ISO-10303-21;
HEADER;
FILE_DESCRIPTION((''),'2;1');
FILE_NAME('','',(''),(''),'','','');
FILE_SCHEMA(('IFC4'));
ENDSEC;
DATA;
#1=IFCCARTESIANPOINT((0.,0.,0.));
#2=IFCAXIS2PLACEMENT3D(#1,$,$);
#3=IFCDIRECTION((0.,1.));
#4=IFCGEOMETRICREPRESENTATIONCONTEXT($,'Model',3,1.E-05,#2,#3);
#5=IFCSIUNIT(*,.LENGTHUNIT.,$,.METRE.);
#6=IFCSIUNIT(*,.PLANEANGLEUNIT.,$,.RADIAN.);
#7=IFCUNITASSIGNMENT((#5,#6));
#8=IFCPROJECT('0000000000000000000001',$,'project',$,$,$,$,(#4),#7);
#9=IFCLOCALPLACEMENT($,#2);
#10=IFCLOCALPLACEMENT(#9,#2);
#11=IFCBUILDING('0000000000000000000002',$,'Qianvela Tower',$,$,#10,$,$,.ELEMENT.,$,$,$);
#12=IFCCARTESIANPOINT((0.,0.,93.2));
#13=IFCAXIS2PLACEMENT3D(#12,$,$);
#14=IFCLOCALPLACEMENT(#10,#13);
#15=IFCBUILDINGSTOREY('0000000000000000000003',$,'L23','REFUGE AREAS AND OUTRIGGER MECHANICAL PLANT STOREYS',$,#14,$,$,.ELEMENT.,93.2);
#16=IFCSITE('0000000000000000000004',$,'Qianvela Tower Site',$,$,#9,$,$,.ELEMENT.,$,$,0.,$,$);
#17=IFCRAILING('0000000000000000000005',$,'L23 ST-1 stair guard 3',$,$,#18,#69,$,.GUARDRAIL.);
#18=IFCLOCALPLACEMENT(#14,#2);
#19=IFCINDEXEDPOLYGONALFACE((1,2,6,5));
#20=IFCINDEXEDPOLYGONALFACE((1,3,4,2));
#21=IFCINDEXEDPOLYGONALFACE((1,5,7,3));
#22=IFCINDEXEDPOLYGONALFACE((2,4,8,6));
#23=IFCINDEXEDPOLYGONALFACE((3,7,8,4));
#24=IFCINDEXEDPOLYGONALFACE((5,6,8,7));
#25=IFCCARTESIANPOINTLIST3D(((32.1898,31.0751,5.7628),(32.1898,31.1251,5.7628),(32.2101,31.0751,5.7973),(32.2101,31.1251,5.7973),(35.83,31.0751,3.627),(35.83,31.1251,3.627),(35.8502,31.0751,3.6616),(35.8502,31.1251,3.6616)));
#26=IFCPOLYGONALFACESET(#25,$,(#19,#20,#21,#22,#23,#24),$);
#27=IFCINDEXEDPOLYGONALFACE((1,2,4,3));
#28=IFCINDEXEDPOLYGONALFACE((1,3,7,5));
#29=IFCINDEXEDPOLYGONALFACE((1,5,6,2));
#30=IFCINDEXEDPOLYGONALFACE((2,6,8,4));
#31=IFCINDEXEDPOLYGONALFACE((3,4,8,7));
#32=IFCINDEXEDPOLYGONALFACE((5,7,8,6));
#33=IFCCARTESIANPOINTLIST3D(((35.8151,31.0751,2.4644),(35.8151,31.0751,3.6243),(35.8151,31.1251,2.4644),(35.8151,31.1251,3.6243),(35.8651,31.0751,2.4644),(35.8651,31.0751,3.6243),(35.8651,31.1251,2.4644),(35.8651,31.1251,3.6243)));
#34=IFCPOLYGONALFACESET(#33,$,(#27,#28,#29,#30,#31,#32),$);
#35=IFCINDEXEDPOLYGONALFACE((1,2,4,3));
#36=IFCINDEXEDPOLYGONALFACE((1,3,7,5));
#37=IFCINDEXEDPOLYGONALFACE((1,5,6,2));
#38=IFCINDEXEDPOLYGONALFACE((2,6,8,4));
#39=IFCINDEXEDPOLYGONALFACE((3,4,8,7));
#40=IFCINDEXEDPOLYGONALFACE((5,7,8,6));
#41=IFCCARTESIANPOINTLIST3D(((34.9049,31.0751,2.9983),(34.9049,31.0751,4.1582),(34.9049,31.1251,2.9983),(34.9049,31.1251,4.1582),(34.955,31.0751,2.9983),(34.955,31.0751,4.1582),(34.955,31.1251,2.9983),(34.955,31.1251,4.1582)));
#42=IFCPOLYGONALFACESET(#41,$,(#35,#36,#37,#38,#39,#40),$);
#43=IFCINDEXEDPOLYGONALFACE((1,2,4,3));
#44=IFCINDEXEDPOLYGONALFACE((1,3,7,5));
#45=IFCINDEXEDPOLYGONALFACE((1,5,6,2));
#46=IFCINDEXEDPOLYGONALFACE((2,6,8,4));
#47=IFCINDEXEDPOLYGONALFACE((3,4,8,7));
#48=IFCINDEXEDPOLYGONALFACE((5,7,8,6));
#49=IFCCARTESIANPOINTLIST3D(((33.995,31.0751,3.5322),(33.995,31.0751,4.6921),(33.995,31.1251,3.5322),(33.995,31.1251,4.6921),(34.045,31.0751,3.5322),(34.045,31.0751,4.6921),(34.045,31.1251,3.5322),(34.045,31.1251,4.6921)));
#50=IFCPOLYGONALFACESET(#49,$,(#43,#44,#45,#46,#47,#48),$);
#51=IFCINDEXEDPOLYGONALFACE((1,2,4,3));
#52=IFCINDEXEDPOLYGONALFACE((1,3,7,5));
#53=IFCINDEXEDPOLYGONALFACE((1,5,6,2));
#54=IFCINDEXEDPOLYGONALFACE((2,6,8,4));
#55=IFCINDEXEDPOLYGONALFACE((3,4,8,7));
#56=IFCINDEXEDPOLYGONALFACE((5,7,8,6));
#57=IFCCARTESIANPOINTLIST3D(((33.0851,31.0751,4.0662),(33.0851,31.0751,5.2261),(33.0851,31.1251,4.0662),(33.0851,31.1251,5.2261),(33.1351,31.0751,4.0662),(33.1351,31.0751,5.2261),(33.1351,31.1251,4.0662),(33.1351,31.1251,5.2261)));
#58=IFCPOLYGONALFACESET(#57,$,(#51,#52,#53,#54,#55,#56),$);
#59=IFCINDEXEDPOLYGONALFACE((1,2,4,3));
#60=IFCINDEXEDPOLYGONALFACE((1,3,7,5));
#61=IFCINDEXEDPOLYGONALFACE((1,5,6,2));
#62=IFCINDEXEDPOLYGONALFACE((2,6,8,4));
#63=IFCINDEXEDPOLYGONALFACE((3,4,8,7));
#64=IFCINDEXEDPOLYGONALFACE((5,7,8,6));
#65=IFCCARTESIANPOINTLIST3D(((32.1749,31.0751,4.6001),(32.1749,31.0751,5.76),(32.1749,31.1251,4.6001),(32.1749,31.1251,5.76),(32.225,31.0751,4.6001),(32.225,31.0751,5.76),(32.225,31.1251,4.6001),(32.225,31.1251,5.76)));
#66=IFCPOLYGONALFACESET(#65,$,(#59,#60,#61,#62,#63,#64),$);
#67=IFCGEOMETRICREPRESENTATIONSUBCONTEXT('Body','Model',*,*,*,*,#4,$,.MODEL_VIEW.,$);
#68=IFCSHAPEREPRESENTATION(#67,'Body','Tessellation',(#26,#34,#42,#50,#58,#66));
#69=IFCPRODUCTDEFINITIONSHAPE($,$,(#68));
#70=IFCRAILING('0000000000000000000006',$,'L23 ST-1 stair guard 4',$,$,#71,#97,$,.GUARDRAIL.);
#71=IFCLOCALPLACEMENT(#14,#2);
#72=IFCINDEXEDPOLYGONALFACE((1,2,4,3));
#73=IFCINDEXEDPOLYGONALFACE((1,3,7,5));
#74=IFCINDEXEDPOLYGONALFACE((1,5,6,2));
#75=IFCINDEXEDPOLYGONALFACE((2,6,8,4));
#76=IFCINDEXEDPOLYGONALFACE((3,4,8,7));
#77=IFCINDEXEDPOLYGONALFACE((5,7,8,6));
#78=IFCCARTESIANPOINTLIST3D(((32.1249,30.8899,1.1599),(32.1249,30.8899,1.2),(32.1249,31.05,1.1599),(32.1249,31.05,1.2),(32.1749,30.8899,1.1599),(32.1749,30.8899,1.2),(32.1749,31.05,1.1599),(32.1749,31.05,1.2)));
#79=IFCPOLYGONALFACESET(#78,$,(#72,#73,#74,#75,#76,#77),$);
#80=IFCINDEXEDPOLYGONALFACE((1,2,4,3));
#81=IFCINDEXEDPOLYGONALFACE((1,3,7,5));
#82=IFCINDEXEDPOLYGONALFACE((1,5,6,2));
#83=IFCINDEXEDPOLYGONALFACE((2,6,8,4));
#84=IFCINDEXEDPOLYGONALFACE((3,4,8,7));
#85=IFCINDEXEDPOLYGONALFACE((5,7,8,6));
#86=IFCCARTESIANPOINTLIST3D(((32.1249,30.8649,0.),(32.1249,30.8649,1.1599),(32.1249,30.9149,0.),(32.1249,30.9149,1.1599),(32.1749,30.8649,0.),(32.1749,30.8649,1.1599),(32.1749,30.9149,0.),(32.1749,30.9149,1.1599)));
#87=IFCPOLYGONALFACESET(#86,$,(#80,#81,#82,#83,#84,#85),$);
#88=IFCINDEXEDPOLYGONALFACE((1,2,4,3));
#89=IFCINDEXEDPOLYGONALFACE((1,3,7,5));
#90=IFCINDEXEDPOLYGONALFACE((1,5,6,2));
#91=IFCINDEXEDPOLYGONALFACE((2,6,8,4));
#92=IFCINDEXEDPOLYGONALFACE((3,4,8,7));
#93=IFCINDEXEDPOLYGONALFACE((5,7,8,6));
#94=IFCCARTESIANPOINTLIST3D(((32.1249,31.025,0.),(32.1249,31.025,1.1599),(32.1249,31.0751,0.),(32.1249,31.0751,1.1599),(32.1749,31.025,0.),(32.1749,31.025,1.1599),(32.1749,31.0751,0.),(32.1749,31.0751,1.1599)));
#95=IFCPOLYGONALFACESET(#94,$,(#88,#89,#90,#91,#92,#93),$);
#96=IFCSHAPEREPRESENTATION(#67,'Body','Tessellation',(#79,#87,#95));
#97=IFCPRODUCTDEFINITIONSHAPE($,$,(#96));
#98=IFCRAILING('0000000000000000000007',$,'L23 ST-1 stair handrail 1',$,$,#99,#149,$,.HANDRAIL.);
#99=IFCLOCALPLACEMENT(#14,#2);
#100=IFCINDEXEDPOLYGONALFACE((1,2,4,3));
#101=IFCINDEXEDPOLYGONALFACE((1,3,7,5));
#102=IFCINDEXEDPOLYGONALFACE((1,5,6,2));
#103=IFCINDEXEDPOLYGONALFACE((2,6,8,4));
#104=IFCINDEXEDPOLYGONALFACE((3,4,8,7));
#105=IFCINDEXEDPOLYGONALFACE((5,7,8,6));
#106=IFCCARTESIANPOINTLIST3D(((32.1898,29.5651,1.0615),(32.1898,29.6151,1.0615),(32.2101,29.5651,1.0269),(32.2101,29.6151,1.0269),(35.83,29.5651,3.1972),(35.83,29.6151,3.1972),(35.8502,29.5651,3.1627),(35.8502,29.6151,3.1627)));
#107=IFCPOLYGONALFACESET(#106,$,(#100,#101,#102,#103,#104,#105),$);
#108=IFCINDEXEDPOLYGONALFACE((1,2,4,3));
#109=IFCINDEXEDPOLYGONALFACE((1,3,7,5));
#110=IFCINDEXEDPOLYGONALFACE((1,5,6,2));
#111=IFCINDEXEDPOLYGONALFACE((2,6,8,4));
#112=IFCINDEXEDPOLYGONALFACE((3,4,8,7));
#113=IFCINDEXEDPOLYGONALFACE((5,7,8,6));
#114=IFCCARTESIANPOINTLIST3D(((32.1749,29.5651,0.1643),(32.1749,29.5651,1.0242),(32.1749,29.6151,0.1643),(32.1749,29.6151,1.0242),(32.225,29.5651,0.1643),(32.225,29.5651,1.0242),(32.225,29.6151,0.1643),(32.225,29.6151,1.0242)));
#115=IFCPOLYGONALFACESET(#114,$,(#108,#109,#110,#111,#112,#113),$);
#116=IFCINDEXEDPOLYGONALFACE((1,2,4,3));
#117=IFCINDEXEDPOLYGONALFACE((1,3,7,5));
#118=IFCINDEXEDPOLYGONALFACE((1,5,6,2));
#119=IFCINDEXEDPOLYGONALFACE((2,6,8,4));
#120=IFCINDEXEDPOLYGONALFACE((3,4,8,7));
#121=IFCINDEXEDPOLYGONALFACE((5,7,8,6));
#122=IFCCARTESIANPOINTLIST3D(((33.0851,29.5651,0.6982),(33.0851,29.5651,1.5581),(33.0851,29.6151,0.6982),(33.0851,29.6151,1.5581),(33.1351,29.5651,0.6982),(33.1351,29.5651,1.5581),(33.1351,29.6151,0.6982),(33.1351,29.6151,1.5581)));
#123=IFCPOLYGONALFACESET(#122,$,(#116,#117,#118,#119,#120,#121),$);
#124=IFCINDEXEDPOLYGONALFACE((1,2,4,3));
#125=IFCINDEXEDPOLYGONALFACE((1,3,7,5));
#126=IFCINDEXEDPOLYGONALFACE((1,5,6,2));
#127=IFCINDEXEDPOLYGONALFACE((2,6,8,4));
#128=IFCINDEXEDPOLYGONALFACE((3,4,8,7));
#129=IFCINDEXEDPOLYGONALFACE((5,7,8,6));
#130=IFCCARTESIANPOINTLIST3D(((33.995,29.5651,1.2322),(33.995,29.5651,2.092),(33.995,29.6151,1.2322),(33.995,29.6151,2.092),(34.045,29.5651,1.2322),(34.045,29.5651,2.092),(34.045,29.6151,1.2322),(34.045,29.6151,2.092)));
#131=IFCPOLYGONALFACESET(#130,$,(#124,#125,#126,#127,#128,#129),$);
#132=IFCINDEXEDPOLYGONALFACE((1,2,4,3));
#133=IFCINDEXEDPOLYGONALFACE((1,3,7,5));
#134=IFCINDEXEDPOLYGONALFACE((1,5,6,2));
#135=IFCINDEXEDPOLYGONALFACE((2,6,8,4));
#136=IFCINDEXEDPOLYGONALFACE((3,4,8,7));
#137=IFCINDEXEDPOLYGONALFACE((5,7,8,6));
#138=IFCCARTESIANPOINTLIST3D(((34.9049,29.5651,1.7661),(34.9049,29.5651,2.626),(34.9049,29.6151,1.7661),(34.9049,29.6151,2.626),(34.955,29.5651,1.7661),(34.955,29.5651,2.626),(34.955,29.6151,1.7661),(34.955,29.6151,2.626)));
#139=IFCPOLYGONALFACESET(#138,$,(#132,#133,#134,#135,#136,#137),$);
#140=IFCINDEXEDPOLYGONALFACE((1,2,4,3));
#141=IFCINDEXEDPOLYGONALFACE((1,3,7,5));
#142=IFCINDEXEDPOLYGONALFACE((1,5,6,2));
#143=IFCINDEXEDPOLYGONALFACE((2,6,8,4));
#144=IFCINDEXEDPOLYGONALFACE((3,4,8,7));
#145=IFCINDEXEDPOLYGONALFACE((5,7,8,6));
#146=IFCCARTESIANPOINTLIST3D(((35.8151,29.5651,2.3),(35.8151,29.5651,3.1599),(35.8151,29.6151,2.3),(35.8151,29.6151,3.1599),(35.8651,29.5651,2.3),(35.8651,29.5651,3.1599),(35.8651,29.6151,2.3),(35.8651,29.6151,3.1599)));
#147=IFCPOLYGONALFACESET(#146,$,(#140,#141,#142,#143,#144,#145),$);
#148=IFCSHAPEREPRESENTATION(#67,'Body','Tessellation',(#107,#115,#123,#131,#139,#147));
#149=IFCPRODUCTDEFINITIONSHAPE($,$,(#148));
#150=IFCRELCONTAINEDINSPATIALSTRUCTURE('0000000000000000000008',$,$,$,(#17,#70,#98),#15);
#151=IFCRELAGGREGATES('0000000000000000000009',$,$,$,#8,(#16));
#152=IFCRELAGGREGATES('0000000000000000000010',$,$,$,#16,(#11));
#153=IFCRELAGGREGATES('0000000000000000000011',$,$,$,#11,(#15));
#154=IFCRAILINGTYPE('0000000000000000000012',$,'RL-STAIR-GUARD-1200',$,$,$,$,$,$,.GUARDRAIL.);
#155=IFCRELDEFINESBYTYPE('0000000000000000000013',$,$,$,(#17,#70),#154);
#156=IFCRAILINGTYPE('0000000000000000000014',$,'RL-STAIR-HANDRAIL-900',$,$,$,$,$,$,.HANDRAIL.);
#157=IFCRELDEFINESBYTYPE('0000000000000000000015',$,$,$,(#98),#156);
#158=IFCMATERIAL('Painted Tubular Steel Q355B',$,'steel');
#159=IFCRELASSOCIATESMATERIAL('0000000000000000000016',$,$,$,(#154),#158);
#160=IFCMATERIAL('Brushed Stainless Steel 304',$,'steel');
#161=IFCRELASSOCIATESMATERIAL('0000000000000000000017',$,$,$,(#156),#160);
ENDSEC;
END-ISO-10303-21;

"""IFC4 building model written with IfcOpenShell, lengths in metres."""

from ifc_helpers import new_model, si_unit, direction, frame, origin, origin_2d, place, context, subcontext, project, spatial, rectangle, extrude, material, type_object, element, save


model = new_model("IFC4")

# Units and contexts
model_context = context("Model", 3, precision=1e-05, world=origin(), true_north=direction((0.0, 1.0)))
body_context = subcontext(model_context, "Body", "Model", "MODEL_VIEW")
ifc_project = project(units=[si_unit("LENGTHUNIT", "METRE"), si_unit("PLANEANGLEUNIT", "RADIAN")], contexts=[model_context])

# Site, building, storey
site_placement = place(None, origin())
site = spatial("IfcSite", under=ifc_project, at=site_placement, Name="Qianvela Tower Site", CompositionType="ELEMENT", RefElevation=0.0)
building_placement = place(site_placement, origin())
building = spatial("IfcBuilding", under=site, at=building_placement, Name="Qianvela Tower", CompositionType="ELEMENT")
storey_placement = place(building_placement, frame((0.0, 0.0, 93.2)))
storey = spatial("IfcBuildingStorey", under=building, at=storey_placement, Name="L23", Description="REFUGE AREAS AND OUTRIGGER MECHANICAL PLANT STOREYS", CompositionType="ELEMENT", Elevation=93.2)

# Railings
ifc_material_1 = material(Name="Painted Tubular Steel Q355B", Category="steel")
railing_type_1 = type_object("IfcRailingType", Name="RL-STAIR-GUARD-1200", PredefinedType="GUARDRAIL", material=ifc_material_1)
railing_1_placement = place(storey_placement, frame((35.8401, 31.1001, 2.4644)))
element("IfcRailing", 1, at=railing_1_placement, inside=storey, type_object=railing_type_1, Name="L23 ST-1 stair guard 3", PredefinedType="GUARDRAIL", context=body_context, shape_type="SweptSolid", body=[
    extrude(rectangle(XDim=0.05, YDim=0.04, at=origin_2d()), frame((0.0, 0.0, 1.1799), z_axis=(-0.862505, 0.0, 0.506049), x_axis=(0.0, -1.0, 0.0)), (0.0, 0.0, 1.0), 4.2205),
    extrude(rectangle(XDim=0.05, YDim=0.05, at=origin_2d()), origin(), (0.0, 0.0, 1.0), 1.1599),
    extrude(rectangle(XDim=0.05, YDim=0.05, at=origin_2d()), frame((-0.9102, 0.0, 0.5339)), (0.0, 0.0, 1.0), 1.1599),
    extrude(rectangle(XDim=0.05, YDim=0.05, at=origin_2d()), frame((-1.8201, 0.0, 1.0679)), (0.0, 0.0, 1.0), 1.1599),
    extrude(rectangle(XDim=0.05, YDim=0.05, at=origin_2d()), frame((-2.73, 0.0, 1.6018)), (0.0, 0.0, 1.0), 1.1599),
    extrude(rectangle(XDim=0.05, YDim=0.05, at=origin_2d()), frame((-3.6401, 0.0, 2.1357)), (0.0, 0.0, 1.0), 1.1599),
])
railing_2_placement = place(storey_placement, frame((32.1499, 30.8899, 0.0)))
element("IfcRailing", 2, at=railing_2_placement, inside=storey, type_object=railing_type_1, Name="L23 ST-1 stair guard 4", PredefinedType="GUARDRAIL", context=body_context, shape_type="SweptSolid", body=[
    extrude(rectangle(XDim=0.05, YDim=0.04, at=origin_2d()), frame((0.0, 0.0, 1.1799), z_axis=(0.0, 1.0, 0.0), x_axis=(-1.0, 0.0, 0.0)), (0.0, 0.0, 1.0), 0.1602),
    extrude(rectangle(XDim=0.05, YDim=0.05, at=origin_2d()), origin(), (0.0, 0.0, 1.0), 1.1599),
    extrude(rectangle(XDim=0.05, YDim=0.05, at=origin_2d()), frame((0.0, 0.1602, 0.0)), (0.0, 0.0, 1.0), 1.1599),
])
ifc_material_2 = material(Name="Brushed Stainless Steel 304", Category="steel")
railing_type_2 = type_object("IfcRailingType", Name="RL-STAIR-HANDRAIL-900", PredefinedType="HANDRAIL", material=ifc_material_2)
railing_3_placement = place(storey_placement, frame((32.2, 29.5901, 0.1643)))
element("IfcRailing", 3, at=railing_3_placement, inside=storey, type_object=railing_type_2, Name="L23 ST-1 stair handrail 1", PredefinedType="HANDRAIL", context=body_context, shape_type="SweptSolid", body=[
    extrude(rectangle(XDim=0.05, YDim=0.04, at=origin_2d()), frame((0.0, 0.0, 0.8799), z_axis=(0.862505, 0.0, 0.506049), x_axis=(0.0, 1.0, 0.0)), (0.0, 0.0, 1.0), 4.2205),
    extrude(rectangle(XDim=0.05, YDim=0.05, at=origin_2d()), origin(), (0.0, 0.0, 1.0), 0.8599),
    extrude(rectangle(XDim=0.05, YDim=0.05, at=origin_2d()), frame((0.9102, 0.0, 0.5339)), (0.0, 0.0, 1.0), 0.8599),
    extrude(rectangle(XDim=0.05, YDim=0.05, at=origin_2d()), frame((1.8201, 0.0, 1.0679)), (0.0, 0.0, 1.0), 0.8599),
    extrude(rectangle(XDim=0.05, YDim=0.05, at=origin_2d()), frame((2.73, 0.0, 1.6018)), (0.0, 0.0, 1.0), 0.8599),
    extrude(rectangle(XDim=0.05, YDim=0.05, at=origin_2d()), frame((3.6401, 0.0, 2.1357)), (0.0, 0.0, 1.0), 0.8599),
])

save(model, "model.ifc")
